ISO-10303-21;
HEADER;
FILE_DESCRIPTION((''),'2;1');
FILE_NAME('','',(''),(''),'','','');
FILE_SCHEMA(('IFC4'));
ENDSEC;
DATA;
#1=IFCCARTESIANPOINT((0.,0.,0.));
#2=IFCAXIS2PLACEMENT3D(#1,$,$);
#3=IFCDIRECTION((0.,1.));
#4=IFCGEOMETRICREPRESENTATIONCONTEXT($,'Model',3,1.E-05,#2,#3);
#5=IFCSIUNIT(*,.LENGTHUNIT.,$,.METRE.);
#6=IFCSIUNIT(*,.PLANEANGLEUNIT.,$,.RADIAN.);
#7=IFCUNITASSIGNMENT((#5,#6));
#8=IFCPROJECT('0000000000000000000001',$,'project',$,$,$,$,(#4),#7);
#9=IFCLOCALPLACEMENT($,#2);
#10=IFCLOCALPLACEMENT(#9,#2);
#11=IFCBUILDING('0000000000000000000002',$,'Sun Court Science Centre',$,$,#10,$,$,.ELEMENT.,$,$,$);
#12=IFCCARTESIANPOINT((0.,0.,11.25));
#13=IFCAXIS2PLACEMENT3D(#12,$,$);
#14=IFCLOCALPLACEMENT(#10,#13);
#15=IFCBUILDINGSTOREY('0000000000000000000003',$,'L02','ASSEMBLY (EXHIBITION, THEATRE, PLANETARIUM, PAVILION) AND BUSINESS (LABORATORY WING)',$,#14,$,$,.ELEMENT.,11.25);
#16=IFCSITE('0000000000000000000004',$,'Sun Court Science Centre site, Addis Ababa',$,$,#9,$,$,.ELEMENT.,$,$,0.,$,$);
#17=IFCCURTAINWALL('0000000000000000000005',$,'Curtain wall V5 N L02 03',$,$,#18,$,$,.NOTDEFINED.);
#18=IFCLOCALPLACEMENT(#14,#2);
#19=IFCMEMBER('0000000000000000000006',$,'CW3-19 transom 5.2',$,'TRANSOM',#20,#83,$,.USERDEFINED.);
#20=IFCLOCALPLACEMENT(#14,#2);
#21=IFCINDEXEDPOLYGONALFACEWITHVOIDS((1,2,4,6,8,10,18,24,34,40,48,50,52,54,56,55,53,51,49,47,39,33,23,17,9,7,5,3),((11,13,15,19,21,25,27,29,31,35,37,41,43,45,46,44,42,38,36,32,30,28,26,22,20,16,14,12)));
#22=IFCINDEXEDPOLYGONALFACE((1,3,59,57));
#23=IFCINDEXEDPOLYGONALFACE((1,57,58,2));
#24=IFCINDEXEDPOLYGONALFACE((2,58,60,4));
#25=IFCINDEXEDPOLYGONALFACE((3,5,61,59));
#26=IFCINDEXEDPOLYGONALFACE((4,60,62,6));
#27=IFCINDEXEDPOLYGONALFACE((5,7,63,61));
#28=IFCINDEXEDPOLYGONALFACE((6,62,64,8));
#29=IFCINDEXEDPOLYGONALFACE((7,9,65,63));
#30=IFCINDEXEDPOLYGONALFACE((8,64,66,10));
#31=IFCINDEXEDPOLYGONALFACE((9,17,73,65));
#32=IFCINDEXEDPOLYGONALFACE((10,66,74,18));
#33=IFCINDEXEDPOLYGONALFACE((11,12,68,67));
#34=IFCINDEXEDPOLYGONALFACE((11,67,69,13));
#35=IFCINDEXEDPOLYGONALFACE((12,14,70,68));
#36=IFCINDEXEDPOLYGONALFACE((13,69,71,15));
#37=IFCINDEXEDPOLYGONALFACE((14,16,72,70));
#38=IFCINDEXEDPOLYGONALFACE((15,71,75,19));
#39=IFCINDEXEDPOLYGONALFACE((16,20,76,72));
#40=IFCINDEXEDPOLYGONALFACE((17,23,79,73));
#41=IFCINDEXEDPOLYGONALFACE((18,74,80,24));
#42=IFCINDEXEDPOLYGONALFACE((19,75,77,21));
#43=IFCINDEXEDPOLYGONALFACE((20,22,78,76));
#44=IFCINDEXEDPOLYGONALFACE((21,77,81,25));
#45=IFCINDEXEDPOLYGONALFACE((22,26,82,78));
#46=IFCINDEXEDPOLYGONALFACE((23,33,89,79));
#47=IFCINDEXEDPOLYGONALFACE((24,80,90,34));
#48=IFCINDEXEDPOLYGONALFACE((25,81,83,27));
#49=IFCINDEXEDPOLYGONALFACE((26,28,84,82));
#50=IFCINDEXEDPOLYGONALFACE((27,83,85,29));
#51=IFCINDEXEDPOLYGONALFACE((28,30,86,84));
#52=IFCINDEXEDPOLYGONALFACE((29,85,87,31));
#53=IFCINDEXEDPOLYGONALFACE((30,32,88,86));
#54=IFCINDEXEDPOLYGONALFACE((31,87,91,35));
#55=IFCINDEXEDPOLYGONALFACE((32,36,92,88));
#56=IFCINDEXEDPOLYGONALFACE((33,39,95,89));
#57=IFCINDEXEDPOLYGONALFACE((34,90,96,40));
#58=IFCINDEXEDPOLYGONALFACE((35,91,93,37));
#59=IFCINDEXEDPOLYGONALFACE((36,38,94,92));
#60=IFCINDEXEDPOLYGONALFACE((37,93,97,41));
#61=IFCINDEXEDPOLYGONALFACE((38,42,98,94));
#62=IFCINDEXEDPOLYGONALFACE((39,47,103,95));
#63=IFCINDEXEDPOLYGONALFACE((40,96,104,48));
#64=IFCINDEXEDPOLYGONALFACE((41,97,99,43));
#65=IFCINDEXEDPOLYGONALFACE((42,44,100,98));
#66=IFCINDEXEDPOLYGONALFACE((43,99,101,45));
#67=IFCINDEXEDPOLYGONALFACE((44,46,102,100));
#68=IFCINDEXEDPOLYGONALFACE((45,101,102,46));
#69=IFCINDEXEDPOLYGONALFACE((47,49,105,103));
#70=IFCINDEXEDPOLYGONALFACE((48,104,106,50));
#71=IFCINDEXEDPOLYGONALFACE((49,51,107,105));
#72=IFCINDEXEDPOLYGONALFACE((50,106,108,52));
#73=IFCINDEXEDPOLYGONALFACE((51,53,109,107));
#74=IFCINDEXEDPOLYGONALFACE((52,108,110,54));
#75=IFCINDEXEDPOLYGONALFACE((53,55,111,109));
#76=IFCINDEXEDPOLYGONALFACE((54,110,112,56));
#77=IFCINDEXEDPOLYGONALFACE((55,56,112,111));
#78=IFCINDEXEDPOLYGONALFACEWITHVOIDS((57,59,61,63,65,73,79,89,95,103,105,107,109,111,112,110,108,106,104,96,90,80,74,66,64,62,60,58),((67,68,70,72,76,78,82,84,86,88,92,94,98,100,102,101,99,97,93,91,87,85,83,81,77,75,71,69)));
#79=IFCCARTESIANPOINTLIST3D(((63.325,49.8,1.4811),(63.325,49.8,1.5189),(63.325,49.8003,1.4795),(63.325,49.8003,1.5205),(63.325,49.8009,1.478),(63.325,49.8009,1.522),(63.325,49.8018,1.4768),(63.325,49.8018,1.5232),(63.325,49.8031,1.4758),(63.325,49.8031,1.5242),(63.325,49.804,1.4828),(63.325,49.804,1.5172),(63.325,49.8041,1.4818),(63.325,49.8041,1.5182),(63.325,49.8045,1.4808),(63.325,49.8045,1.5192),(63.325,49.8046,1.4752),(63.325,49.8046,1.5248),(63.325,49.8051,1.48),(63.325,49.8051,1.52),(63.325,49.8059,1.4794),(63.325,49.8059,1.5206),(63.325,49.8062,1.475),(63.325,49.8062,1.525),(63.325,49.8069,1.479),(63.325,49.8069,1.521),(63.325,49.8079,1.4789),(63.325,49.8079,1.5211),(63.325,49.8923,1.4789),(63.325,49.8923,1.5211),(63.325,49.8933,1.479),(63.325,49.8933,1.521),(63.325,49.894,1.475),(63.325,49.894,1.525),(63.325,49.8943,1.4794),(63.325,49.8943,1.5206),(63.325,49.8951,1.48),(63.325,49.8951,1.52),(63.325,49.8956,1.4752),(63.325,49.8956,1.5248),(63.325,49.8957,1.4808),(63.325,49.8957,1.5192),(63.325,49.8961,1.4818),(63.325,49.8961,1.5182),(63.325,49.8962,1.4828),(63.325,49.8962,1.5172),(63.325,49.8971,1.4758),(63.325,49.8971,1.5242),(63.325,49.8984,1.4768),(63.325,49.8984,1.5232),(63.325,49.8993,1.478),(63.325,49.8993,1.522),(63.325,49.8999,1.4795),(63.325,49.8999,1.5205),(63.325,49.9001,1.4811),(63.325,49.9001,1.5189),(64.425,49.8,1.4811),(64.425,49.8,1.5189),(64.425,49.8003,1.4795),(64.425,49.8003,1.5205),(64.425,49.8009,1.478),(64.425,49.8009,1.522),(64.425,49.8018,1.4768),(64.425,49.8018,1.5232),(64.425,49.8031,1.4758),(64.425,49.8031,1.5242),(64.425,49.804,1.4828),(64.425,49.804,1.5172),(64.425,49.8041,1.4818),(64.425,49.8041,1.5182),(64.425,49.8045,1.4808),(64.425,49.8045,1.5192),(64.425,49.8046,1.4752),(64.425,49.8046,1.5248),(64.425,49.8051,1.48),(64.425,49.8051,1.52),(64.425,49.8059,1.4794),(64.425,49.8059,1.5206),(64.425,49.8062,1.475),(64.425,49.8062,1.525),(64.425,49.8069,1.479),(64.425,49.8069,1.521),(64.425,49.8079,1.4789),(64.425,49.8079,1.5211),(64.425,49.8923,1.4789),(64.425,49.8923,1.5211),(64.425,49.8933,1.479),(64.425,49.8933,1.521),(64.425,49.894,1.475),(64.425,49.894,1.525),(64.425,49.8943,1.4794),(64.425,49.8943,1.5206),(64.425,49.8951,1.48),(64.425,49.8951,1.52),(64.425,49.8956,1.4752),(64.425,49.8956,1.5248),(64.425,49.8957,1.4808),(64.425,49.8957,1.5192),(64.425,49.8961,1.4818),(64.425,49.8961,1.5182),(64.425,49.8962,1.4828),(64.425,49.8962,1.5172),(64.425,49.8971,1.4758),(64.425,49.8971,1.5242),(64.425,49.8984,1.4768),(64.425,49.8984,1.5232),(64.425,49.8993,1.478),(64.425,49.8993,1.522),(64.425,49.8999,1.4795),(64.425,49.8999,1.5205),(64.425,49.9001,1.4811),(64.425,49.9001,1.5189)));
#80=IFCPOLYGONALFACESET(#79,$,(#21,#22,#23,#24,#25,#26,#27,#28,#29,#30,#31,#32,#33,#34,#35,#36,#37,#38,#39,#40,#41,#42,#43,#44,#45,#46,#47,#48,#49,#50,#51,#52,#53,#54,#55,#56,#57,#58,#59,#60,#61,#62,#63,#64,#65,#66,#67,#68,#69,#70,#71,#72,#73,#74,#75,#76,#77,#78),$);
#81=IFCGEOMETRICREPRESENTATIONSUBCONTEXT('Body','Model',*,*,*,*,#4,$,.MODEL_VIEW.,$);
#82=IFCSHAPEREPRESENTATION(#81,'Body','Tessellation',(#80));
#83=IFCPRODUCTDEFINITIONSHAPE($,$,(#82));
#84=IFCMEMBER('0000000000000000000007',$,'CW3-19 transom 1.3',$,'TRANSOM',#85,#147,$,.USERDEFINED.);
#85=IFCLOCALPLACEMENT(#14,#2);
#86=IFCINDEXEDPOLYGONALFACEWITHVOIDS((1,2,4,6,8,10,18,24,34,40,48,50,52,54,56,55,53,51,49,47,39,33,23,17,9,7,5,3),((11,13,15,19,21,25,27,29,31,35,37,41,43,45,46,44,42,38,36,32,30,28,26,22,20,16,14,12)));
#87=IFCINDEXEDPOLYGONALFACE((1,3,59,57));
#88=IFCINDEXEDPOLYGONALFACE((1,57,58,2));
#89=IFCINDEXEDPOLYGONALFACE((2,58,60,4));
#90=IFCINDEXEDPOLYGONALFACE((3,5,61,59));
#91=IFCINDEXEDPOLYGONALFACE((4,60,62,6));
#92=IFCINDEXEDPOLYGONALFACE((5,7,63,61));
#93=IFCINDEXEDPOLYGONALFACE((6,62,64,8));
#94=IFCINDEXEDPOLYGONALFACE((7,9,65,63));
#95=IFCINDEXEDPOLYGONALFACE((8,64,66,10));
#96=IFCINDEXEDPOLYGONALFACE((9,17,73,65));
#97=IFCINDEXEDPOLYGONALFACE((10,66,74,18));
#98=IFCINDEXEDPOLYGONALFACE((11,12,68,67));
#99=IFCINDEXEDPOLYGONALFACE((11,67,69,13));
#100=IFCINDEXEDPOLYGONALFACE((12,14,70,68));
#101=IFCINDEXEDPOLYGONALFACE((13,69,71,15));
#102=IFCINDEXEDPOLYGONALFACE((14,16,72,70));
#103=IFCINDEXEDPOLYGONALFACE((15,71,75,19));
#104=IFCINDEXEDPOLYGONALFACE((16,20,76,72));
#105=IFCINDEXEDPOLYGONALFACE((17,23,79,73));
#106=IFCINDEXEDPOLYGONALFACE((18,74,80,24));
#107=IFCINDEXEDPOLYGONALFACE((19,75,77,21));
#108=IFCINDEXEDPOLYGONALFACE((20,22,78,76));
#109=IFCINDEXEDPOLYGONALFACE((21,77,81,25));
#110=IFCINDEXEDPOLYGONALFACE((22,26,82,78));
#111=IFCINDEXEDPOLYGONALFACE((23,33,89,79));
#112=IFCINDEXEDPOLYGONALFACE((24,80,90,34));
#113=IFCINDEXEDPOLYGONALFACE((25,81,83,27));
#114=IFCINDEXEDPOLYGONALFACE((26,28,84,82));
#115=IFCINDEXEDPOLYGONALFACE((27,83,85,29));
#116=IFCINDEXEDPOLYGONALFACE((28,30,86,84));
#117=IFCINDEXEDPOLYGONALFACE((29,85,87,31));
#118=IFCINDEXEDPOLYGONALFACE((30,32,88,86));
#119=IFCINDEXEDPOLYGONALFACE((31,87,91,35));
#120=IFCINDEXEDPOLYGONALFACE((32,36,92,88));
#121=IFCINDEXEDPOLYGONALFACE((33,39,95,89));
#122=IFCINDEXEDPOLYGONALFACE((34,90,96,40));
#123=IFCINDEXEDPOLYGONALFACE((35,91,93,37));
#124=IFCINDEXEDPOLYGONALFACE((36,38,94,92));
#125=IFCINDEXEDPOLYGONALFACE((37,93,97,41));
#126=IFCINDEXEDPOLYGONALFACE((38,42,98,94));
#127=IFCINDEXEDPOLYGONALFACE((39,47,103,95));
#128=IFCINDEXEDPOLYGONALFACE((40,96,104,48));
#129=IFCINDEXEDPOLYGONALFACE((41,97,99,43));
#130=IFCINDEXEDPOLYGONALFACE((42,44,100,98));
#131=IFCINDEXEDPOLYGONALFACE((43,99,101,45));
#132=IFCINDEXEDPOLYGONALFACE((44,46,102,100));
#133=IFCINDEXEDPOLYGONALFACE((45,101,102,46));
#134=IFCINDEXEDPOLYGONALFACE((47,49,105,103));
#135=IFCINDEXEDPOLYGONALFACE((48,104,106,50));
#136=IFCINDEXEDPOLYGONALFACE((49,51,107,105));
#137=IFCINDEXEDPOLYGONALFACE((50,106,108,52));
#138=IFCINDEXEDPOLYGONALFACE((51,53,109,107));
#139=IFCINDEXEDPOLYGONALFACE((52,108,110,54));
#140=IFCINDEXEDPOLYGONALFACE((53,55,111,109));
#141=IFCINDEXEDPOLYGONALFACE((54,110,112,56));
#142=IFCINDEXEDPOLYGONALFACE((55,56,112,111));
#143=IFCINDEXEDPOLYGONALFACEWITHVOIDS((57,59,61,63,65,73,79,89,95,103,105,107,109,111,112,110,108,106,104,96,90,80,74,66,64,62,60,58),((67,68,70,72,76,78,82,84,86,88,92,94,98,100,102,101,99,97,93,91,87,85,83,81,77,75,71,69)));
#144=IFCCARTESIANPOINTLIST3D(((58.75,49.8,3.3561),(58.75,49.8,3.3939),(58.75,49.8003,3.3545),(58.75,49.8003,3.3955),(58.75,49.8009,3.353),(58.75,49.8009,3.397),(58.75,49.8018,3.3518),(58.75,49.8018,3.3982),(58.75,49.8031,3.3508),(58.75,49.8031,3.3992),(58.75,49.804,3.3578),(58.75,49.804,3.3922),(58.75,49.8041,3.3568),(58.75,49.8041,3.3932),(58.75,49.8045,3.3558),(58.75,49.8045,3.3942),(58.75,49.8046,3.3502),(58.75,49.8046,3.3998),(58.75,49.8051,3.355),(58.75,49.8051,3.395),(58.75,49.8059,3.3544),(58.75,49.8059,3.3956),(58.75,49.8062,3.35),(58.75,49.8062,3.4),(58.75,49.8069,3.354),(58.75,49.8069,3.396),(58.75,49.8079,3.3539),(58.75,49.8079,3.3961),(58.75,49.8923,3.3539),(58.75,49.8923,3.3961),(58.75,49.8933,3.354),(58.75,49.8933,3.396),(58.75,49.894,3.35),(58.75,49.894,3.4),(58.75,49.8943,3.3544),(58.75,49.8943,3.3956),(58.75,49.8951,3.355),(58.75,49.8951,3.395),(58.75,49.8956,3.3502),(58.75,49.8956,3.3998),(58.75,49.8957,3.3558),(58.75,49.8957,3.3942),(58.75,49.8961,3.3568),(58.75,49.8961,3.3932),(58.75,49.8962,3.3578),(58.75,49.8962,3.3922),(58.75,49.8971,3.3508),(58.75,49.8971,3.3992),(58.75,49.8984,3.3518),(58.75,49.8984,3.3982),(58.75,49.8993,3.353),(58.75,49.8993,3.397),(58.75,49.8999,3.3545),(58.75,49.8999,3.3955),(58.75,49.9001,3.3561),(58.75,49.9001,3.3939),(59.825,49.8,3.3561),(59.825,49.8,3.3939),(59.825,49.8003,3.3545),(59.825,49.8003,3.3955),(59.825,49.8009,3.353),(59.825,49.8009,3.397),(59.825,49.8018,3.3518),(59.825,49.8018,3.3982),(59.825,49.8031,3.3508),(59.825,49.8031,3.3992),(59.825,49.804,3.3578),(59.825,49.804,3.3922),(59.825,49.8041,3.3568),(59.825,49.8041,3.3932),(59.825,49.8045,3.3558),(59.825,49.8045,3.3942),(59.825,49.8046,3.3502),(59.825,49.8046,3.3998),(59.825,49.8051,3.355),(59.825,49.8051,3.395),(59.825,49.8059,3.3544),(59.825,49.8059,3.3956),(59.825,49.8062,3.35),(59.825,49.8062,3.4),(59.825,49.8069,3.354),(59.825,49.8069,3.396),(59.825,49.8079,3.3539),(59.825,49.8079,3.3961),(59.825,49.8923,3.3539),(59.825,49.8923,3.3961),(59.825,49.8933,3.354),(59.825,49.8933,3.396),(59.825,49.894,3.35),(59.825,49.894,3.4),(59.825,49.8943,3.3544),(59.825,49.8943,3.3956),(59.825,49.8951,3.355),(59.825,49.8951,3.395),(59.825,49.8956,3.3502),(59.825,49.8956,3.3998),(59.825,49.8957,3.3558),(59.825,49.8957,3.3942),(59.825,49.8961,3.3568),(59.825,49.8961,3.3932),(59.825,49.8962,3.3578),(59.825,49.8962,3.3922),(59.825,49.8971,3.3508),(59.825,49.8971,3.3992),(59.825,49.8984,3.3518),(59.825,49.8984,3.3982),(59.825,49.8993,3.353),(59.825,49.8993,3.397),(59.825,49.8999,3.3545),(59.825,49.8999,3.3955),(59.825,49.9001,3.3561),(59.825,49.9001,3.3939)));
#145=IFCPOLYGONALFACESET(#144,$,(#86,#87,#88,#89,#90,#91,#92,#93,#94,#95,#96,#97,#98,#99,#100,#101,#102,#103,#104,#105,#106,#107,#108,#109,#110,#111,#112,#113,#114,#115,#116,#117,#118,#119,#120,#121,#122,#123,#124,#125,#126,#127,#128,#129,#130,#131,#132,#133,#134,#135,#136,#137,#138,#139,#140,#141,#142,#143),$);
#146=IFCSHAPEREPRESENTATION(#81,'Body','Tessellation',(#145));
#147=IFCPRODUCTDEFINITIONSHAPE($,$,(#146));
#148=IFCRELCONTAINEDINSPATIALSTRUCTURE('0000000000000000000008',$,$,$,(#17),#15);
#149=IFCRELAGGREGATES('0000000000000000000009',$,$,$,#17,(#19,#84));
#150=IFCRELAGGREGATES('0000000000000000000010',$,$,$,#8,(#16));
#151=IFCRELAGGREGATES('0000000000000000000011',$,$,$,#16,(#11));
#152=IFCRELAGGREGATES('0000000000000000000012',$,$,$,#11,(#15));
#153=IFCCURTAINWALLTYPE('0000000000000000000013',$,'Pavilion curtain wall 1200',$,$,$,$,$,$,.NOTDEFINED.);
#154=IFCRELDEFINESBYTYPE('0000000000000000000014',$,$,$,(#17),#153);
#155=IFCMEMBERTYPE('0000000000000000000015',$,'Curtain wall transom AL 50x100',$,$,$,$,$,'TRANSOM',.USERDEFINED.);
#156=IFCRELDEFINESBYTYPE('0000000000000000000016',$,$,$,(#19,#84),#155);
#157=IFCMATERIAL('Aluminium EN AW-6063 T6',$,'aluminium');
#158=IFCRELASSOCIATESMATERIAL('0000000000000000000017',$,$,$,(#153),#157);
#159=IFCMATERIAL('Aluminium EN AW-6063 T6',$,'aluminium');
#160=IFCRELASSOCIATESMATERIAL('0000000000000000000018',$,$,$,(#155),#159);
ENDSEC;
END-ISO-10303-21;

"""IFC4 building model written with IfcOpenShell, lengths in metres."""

from ifc_helpers import new_model, si_unit, direction, frame, origin, origin_2d, place, context, subcontext, project, spatial, hollow_rectangle, extrude, material, material_profile, profile_set, type_object, element, aggregate, save


model = new_model("IFC4")

# Units and contexts
model_context = context("Model", 3, precision=1e-05, world=origin(), true_north=direction((0.0, 1.0)))
body_context = subcontext(model_context, "Body", "Model", "MODEL_VIEW")
ifc_project = project(units=[si_unit("LENGTHUNIT", "METRE"), si_unit("PLANEANGLEUNIT", "RADIAN")], contexts=[model_context])

# Site, building, storey
site_placement = place(None, origin())
site = spatial("IfcSite", under=ifc_project, at=site_placement, Name="Sun Court Science Centre site, Addis Ababa", CompositionType="ELEMENT", RefElevation=0.0)
building_placement = place(site_placement, origin())
building = spatial("IfcBuilding", under=site, at=building_placement, Name="Sun Court Science Centre", CompositionType="ELEMENT")
storey_placement = place(building_placement, frame((0.0, 0.0, 11.25)))
storey = spatial("IfcBuildingStorey", under=building, at=storey_placement, Name="L02", Description="ASSEMBLY (EXHIBITION, THEATRE, PLANETARIUM, PAVILION) AND BUSINESS (LABORATORY WING)", CompositionType="ELEMENT", Elevation=11.25)

# Curtain wall, members
ifc_material_1 = material(Name="Aluminium EN AW-6063 T6", Category="aluminium")
curtain_wall_type = type_object("IfcCurtainWallType", Name="Pavilion curtain wall 1200", PredefinedType="NOTDEFINED", material=ifc_material_1)
curtain_wall_placement = place(storey_placement, origin())
curtain_wall = element("IfcCurtainWall", 1, at=curtain_wall_placement, inside=storey, type_object=curtain_wall_type, Name="Curtain wall V5 N L02 03", PredefinedType="NOTDEFINED")
ifc_material_2 = material(Name="Aluminium EN AW-6063 T6", Category="aluminium")
ifc_material_profile_1 = material_profile(ifc_material_2, hollow_rectangle(XDim=0.05, YDim=0.1001, WallThickness=0.0039, InnerFilletRadius=0.0039, OuterFilletRadius=0.0061, at=origin_2d()), Name="AL 50x100x4")
ifc_profile_set_1 = profile_set([ifc_material_profile_1], Name="Aluminium EN AW-6063 T6")
member_type_1 = type_object("IfcMemberType", Name="Curtain wall transom AL 50x100", ElementType="TRANSOM", PredefinedType="USERDEFINED", material=ifc_profile_set_1)
member_1_placement = place(storey_placement, frame((63.325, 49.8501, 1.5), z_axis=(1.0, 0.0, 0.0), x_axis=(0.0, 0.0, 1.0)))
member_1 = element("IfcMember", 2, at=member_1_placement, type_object=member_type_1, Name="CW3-19 transom 5.2", ObjectType="TRANSOM", PredefinedType="USERDEFINED", context=body_context, shape_type="SweptSolid", body=[
    extrude(hollow_rectangle(XDim=0.05, YDim=0.1001, WallThickness=0.0039, InnerFilletRadius=0.0039, OuterFilletRadius=0.0061, at=origin_2d()), origin(), (0.0, 0.0, 1.0), 1.1001),
])
member_2_placement = place(storey_placement, frame((58.75, 49.8501, 3.375), z_axis=(1.0, 0.0, 0.0), x_axis=(0.0, 0.0, 1.0)))
member_2 = element("IfcMember", 3, at=member_2_placement, type_object=member_type_1, Name="CW3-19 transom 1.3", ObjectType="TRANSOM", PredefinedType="USERDEFINED", context=body_context, shape_type="SweptSolid", body=[
    extrude(hollow_rectangle(XDim=0.05, YDim=0.1001, WallThickness=0.0039, InnerFilletRadius=0.0039, OuterFilletRadius=0.0061, at=origin_2d()), origin(), (0.0, 0.0, 1.0), 1.075),
])
aggregate(curtain_wall, [member_1, member_2])

save(model, "model.ifc")
